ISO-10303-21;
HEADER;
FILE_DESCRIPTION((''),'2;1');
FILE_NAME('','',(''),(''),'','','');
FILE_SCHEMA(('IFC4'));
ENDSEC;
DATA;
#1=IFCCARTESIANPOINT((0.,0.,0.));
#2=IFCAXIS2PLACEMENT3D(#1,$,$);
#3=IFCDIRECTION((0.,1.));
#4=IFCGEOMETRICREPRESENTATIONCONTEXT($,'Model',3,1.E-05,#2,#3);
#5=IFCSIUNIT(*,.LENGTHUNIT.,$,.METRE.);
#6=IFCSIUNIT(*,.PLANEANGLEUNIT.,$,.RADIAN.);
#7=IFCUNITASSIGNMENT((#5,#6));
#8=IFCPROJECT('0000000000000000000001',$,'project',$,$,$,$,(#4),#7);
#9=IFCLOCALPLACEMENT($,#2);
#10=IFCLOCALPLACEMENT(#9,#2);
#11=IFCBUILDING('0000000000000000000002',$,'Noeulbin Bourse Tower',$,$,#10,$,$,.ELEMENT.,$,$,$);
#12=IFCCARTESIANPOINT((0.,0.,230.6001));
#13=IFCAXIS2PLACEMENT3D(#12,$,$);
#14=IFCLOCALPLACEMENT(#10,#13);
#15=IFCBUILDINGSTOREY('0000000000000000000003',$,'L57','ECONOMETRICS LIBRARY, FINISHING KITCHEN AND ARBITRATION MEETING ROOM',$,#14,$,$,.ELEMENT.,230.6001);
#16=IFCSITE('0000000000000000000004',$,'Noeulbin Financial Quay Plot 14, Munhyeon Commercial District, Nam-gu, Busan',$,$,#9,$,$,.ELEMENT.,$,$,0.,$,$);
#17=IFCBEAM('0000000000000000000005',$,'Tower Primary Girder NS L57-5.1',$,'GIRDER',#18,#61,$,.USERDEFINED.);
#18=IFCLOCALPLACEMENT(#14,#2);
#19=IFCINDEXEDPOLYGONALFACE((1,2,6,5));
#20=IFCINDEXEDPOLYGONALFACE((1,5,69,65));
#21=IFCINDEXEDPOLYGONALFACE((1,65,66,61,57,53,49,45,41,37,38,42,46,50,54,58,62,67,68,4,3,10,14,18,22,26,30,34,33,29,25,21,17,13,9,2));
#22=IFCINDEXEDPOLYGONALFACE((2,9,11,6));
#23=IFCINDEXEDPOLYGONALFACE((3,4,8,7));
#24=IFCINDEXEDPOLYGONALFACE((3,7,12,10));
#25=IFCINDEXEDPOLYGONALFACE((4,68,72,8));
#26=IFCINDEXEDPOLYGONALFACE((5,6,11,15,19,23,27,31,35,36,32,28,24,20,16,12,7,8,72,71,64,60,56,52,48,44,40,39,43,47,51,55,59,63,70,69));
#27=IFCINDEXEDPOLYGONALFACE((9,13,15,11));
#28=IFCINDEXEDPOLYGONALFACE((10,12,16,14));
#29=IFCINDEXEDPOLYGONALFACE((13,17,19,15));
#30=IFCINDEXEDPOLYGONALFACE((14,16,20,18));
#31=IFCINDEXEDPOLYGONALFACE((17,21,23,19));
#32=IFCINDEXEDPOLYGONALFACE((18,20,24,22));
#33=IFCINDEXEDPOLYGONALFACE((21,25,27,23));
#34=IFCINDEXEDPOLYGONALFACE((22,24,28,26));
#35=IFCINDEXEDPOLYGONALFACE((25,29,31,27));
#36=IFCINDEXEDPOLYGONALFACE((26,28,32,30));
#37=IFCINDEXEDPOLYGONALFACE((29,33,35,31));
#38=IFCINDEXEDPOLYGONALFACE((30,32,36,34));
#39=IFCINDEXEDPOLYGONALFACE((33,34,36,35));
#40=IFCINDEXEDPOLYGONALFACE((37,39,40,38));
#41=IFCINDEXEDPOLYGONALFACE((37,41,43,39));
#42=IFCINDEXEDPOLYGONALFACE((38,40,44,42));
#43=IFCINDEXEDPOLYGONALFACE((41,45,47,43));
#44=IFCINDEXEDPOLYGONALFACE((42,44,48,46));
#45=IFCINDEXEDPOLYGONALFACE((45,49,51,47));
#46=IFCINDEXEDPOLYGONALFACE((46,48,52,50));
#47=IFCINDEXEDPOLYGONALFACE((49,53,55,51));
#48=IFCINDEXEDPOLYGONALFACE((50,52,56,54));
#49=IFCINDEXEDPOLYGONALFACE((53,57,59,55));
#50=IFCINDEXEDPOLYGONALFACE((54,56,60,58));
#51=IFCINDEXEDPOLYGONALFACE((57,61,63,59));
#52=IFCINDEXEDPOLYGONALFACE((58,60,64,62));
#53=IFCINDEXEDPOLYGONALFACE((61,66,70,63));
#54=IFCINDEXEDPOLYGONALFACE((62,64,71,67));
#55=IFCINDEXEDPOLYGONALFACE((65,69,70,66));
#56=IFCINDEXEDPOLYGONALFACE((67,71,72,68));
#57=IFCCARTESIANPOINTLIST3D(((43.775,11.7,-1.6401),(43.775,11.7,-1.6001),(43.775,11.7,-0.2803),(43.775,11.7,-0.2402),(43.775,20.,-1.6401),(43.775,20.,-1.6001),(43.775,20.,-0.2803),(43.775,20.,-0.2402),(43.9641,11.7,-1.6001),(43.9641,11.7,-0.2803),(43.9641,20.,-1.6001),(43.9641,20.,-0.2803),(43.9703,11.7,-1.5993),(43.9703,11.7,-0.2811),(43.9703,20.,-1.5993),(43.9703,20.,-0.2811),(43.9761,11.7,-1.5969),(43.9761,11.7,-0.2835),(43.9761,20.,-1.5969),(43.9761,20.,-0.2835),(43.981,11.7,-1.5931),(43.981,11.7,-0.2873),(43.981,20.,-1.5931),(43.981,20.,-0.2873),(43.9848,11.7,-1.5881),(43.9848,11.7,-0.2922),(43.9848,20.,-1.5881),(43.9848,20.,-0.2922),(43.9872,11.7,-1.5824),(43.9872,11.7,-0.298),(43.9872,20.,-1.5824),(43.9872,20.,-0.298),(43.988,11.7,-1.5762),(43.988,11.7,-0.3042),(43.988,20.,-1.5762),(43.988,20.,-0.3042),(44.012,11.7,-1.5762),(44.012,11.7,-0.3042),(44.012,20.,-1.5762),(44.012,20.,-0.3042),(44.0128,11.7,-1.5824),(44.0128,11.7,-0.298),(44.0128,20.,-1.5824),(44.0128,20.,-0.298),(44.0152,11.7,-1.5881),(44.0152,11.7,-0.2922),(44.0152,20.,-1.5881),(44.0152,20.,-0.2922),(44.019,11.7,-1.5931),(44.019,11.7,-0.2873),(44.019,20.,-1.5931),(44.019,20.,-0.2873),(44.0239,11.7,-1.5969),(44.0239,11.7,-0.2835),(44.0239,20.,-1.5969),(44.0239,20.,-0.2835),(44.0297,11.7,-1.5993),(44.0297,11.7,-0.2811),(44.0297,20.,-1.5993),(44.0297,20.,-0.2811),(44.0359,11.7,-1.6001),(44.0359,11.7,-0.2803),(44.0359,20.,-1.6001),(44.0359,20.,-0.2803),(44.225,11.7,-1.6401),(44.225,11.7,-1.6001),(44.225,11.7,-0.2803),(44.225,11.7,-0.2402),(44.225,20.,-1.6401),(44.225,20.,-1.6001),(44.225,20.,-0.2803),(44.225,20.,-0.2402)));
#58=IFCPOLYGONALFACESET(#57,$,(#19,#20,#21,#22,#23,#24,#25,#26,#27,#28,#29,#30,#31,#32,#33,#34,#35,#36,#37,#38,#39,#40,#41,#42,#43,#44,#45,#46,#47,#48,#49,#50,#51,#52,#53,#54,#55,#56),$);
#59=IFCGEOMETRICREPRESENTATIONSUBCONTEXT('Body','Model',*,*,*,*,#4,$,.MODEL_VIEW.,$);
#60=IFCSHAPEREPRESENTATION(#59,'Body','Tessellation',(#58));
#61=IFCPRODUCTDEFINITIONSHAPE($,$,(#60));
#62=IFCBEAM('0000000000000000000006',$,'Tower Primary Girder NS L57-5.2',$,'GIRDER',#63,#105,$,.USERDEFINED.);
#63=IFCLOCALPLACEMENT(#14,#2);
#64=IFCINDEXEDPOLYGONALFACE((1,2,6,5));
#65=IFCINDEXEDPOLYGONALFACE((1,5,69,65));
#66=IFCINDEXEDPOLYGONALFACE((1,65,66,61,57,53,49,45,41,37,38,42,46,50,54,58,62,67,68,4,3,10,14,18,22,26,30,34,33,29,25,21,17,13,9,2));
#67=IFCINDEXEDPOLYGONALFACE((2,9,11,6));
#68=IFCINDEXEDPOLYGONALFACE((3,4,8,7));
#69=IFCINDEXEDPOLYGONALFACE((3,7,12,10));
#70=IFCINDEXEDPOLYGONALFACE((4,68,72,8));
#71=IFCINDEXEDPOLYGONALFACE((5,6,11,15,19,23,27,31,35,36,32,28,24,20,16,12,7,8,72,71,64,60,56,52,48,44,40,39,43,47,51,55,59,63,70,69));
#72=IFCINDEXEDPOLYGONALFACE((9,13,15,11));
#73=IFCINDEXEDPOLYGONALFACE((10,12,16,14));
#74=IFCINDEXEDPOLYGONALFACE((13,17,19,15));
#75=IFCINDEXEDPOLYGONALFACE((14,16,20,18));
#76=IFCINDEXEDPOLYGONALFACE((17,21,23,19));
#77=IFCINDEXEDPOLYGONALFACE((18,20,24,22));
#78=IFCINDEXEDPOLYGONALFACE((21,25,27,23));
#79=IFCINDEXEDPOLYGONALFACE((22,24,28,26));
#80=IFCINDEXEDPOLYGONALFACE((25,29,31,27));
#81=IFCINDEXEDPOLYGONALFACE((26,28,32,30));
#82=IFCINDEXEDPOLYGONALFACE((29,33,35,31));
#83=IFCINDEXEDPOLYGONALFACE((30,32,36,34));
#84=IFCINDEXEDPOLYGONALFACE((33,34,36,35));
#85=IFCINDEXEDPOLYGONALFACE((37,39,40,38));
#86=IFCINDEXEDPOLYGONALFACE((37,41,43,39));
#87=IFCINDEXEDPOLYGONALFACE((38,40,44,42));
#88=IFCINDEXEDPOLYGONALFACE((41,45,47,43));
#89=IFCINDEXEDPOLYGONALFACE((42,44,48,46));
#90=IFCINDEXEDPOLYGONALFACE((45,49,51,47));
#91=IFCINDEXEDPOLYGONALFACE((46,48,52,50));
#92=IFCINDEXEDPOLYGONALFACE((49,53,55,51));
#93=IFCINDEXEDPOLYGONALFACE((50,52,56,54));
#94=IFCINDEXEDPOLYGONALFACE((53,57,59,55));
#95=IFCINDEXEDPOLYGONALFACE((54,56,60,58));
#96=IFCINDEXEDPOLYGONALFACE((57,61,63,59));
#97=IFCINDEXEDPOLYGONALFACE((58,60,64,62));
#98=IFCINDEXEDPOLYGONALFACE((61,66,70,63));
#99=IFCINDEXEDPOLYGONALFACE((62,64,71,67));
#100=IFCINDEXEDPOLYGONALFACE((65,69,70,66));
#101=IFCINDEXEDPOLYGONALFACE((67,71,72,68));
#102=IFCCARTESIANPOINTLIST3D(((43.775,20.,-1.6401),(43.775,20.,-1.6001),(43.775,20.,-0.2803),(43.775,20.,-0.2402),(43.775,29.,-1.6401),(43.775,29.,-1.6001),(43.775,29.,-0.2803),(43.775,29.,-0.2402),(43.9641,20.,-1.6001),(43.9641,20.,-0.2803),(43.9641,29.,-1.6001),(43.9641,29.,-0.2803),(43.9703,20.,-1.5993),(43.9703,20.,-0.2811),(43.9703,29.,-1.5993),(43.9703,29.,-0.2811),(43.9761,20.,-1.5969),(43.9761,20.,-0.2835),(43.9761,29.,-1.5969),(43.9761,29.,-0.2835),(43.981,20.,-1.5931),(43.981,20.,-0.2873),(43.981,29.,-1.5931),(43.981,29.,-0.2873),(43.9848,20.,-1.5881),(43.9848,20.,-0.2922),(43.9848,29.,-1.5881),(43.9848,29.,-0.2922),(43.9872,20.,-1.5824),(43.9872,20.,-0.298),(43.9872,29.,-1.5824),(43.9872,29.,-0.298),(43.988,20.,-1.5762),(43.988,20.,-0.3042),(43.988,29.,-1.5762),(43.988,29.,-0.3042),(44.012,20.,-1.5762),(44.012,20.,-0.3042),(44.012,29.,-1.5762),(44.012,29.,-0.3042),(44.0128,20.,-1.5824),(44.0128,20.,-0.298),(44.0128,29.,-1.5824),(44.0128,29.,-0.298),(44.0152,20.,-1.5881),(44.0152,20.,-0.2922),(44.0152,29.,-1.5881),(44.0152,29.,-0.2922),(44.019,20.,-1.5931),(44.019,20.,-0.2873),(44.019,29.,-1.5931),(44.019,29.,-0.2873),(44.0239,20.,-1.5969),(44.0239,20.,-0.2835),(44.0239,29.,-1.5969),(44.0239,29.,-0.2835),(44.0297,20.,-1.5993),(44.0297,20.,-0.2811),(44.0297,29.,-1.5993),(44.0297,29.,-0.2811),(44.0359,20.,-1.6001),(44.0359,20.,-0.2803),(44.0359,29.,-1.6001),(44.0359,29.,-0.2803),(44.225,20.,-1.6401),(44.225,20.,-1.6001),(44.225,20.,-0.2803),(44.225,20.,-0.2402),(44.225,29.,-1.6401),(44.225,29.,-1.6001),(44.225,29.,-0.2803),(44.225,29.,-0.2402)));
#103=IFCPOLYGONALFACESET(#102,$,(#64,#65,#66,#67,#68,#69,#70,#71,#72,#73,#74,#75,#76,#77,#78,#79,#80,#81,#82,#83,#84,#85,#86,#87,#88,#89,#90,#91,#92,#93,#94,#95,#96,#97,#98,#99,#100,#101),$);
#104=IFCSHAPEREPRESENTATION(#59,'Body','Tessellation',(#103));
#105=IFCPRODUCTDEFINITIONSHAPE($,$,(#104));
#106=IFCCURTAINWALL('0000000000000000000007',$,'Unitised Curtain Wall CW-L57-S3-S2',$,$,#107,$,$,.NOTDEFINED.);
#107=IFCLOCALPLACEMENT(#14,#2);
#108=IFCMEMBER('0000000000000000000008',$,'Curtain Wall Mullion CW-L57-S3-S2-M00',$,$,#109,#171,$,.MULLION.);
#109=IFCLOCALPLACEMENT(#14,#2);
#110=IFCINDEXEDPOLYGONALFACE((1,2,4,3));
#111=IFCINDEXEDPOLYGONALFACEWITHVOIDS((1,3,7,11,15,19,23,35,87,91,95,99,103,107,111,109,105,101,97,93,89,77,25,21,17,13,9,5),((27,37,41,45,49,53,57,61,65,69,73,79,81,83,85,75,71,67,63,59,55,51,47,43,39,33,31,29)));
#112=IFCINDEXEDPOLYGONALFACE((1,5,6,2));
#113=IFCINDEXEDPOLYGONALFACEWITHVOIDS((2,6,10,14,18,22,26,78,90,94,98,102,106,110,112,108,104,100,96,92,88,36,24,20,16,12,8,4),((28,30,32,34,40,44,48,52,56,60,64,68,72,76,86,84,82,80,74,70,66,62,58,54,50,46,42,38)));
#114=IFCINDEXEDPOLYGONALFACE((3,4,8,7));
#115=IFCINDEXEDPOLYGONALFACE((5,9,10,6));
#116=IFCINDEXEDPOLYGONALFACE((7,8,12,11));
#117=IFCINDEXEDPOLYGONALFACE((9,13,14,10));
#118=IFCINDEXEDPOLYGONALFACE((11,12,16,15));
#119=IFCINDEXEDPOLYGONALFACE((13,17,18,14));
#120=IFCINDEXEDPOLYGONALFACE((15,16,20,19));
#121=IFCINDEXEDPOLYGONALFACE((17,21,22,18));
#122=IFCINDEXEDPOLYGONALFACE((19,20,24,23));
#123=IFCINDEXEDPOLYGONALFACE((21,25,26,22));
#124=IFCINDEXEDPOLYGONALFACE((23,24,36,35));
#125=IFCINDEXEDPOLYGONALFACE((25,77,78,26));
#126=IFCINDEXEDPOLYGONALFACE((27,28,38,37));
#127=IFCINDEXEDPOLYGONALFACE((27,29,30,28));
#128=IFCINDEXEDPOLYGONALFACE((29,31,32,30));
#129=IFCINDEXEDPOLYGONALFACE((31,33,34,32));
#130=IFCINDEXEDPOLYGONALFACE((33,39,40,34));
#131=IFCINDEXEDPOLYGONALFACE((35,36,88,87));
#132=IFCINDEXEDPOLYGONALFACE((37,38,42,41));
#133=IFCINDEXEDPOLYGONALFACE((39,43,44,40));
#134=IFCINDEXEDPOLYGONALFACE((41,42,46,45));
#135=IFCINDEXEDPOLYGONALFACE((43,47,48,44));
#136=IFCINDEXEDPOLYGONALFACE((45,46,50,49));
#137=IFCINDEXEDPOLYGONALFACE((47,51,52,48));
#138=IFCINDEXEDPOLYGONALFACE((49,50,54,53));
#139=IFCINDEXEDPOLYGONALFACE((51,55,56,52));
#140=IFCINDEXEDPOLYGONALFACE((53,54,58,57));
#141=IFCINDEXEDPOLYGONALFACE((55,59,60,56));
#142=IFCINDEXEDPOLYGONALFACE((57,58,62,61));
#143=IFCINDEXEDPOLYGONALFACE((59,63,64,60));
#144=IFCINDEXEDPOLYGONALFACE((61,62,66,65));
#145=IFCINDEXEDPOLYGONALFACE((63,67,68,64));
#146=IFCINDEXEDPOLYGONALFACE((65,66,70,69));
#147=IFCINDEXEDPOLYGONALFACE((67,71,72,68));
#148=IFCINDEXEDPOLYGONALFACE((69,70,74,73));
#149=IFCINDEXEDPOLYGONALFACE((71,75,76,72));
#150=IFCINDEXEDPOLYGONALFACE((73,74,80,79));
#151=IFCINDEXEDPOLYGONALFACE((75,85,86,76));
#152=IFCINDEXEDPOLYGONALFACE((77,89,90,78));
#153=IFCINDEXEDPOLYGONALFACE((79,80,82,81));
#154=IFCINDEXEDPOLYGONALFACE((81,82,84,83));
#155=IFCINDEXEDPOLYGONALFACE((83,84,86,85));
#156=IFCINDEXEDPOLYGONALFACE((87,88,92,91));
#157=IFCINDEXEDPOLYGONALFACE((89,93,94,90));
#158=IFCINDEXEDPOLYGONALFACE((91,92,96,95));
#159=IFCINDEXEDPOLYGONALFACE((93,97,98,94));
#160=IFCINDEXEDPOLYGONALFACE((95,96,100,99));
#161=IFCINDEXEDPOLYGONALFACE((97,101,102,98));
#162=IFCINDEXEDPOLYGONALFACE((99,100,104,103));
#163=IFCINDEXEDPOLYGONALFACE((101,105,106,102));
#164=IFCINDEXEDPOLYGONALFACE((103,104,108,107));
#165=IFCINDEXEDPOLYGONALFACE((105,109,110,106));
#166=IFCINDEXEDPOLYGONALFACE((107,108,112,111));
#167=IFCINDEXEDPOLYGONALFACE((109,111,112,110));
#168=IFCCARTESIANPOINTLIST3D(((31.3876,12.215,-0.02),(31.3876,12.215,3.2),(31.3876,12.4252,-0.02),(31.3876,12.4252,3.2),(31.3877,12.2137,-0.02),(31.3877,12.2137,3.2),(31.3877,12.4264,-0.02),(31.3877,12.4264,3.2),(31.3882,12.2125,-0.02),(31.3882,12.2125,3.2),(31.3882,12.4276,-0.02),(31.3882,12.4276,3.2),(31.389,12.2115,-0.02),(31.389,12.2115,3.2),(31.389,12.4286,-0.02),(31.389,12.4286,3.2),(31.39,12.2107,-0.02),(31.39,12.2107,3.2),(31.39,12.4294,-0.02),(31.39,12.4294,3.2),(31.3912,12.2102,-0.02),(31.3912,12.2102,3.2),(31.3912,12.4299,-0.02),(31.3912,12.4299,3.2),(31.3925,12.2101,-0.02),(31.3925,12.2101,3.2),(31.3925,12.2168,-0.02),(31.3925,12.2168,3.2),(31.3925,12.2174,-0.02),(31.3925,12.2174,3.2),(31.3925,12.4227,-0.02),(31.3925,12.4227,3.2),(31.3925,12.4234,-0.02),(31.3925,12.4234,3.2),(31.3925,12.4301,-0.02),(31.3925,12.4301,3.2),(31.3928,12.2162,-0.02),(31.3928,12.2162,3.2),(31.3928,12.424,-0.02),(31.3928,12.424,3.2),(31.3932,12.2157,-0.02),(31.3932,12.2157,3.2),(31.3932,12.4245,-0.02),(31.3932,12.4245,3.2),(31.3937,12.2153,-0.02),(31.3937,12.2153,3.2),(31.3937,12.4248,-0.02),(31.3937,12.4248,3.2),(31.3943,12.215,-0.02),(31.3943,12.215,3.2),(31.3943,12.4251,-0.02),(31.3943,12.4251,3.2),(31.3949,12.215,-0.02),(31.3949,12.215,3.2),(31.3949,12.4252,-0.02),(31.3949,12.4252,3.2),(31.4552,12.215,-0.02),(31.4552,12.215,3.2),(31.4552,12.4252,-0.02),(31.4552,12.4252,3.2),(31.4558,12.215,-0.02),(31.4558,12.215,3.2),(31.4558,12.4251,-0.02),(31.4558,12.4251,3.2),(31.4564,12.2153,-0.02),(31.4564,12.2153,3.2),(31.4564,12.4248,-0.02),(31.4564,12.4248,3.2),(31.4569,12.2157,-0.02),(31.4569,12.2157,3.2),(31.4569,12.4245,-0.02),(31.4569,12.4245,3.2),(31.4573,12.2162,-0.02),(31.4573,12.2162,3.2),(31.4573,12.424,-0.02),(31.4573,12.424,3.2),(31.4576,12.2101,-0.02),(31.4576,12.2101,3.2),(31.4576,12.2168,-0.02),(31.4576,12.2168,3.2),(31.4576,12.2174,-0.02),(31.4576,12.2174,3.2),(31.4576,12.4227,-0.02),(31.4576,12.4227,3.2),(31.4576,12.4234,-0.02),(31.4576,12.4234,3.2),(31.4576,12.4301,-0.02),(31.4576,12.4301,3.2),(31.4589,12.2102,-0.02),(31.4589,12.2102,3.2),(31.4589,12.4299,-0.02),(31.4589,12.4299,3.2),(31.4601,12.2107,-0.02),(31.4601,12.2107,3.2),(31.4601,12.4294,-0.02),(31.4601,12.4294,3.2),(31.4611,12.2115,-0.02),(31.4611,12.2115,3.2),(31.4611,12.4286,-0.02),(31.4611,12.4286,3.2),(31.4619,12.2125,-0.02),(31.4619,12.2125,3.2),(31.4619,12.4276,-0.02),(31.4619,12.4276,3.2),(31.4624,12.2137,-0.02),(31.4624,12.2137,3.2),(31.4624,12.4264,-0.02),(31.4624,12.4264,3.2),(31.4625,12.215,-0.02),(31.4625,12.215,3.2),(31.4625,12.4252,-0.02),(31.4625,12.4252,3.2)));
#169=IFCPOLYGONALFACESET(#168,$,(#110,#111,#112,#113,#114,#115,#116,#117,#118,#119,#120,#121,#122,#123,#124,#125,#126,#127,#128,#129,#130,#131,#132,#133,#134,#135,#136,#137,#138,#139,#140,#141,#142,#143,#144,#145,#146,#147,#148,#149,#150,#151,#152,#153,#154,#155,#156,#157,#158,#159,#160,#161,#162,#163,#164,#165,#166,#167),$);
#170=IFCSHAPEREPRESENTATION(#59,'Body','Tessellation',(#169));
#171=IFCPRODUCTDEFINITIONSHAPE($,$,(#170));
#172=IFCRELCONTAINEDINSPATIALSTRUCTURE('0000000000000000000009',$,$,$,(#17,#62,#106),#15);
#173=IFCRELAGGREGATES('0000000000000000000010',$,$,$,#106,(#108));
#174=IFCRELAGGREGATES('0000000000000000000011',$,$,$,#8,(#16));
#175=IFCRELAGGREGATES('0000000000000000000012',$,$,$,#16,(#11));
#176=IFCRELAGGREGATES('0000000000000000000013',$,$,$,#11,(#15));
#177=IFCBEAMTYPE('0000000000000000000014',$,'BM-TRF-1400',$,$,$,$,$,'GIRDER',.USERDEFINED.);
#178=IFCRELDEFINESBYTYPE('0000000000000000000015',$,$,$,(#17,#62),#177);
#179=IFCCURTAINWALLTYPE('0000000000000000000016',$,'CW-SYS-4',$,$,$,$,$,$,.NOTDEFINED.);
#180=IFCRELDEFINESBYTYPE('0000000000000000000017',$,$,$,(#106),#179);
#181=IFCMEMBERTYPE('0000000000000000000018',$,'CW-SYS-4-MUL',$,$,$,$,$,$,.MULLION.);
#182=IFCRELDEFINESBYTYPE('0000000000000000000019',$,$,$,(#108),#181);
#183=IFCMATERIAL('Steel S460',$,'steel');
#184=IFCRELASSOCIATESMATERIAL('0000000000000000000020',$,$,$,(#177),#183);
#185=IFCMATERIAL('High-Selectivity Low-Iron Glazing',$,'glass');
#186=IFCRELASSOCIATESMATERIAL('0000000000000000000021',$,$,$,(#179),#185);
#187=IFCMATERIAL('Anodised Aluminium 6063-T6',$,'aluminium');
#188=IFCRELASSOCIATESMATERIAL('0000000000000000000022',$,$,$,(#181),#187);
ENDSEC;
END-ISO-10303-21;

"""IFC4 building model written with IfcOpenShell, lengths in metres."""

from ifc_helpers import new_model, si_unit, direction, frame, origin, origin_2d, place, context, subcontext, project, spatial, hollow_rectangle, i_section, extrude, material, material_profile, profile_set, type_object, element, aggregate, save


model = new_model("IFC4")

# Units and contexts
model_context = context("Model", 3, precision=1e-05, world=origin(), true_north=direction((0.0, 1.0)))
body_context = subcontext(model_context, "Body", "Model", "MODEL_VIEW")
ifc_project = project(units=[si_unit("LENGTHUNIT", "METRE"), si_unit("PLANEANGLEUNIT", "RADIAN")], contexts=[model_context])

# Site, building, storey
site_placement = place(None, origin())
site = spatial("IfcSite", under=ifc_project, at=site_placement, Name="Noeulbin Financial Quay Plot 14, Munhyeon Commercial District, Nam-gu, Busan", CompositionType="ELEMENT", RefElevation=0.0)
building_placement = place(site_placement, origin())
building = spatial("IfcBuilding", under=site, at=building_placement, Name="Noeulbin Bourse Tower", CompositionType="ELEMENT")
storey_placement = place(building_placement, frame((0.0, 0.0, 230.6001)))
storey = spatial("IfcBuildingStorey", under=building, at=storey_placement, Name="L57", Description="ECONOMETRICS LIBRARY, FINISHING KITCHEN AND ARBITRATION MEETING ROOM", CompositionType="ELEMENT", Elevation=230.6001)

# Beams
ifc_material_1 = material(Name="Steel S460", Category="steel")
ifc_material_profile_1 = material_profile(ifc_material_1, i_section(OverallWidth=0.45, OverallDepth=1.3999, WebThickness=0.0239, FlangeThickness=0.04, FilletRadius=0.0239, at=origin_2d()), Name="PG-1400x450x24x40", Category="LoadBearing")
ifc_profile_set_1 = profile_set([ifc_material_profile_1], Name="Steel S460")
beam_type_1 = type_object("IfcBeamType", Name="BM-TRF-1400", ElementType="GIRDER", PredefinedType="USERDEFINED", material=ifc_profile_set_1)
beam_1_placement = place(storey_placement, frame((44.0, 11.7, -0.9402), z_axis=(0.0, 1.0, 0.0), x_axis=(-1.0, 0.0, 0.0)))
element("IfcBeam", 1, at=beam_1_placement, inside=storey, type_object=beam_type_1, Name="Tower Primary Girder NS L57-5.1", ObjectType="GIRDER", PredefinedType="USERDEFINED", context=body_context, shape_type="SweptSolid", body=[
    extrude(i_section(OverallWidth=0.45, OverallDepth=1.3999, WebThickness=0.0239, FlangeThickness=0.04, FilletRadius=0.0239, at=origin_2d()), origin(), (0.0, 0.0, 1.0), 8.3),
])
beam_2_placement = place(storey_placement, frame((44.0, 20.0, -0.9402), z_axis=(0.0, 1.0, 0.0), x_axis=(-1.0, 0.0, 0.0)))
element("IfcBeam", 2, at=beam_2_placement, inside=storey, type_object=beam_type_1, Name="Tower Primary Girder NS L57-5.2", ObjectType="GIRDER", PredefinedType="USERDEFINED", context=body_context, shape_type="SweptSolid", body=[
    extrude(i_section(OverallWidth=0.45, OverallDepth=1.3999, WebThickness=0.0239, FlangeThickness=0.04, FilletRadius=0.0239, at=origin_2d()), origin(), (0.0, 0.0, 1.0), 9.0),
])

# Curtain wall, member
ifc_material_2 = material(Name="High-Selectivity Low-Iron Glazing", Category="glass")
curtain_wall_type = type_object("IfcCurtainWallType", Name="CW-SYS-4", PredefinedType="NOTDEFINED", material=ifc_material_2)
curtain_wall_1_placement = place(storey_placement, origin())
curtain_wall_1 = element("IfcCurtainWall", 3, at=curtain_wall_1_placement, inside=storey, type_object=curtain_wall_type, Name="Unitised Curtain Wall CW-L57-S3-S2", PredefinedType="NOTDEFINED")
ifc_material_3 = material(Name="Anodised Aluminium 6063-T6", Category="aluminium")
ifc_material_profile_2 = material_profile(ifc_material_3, hollow_rectangle(XDim=0.075, YDim=0.22, WallThickness=0.0049, InnerFilletRadius=0.0024, OuterFilletRadius=0.0049, at=origin_2d()), Name="ALU-MULL-75x220x5", Category="LoadBearing")
ifc_profile_set_2 = profile_set([ifc_material_profile_2], Name="Anodised Aluminium 6063-T6")
member_type_1 = type_object("IfcMemberType", Name="CW-SYS-4-MUL", PredefinedType="MULLION", material=ifc_profile_set_2)
member_1_placement = place(storey_placement, frame((31.425, 12.3201, -0.02), z_axis=(0.0, 0.0, 1.0), x_axis=(1.0, 0.0, 0.0)))
member_1 = element("IfcMember", 4, at=member_1_placement, type_object=member_type_1, Name="Curtain Wall Mullion CW-L57-S3-S2-M00", PredefinedType="MULLION", context=body_context, shape_type="SweptSolid", body=[
    extrude(hollow_rectangle(XDim=0.075, YDim=0.22, WallThickness=0.0049, InnerFilletRadius=0.0024, OuterFilletRadius=0.0049, at=origin_2d()), origin(), (0.0, 0.0, 1.0), 3.22),
])

aggregate(curtain_wall_1, [member_1])

save(model, "model.ifc")
